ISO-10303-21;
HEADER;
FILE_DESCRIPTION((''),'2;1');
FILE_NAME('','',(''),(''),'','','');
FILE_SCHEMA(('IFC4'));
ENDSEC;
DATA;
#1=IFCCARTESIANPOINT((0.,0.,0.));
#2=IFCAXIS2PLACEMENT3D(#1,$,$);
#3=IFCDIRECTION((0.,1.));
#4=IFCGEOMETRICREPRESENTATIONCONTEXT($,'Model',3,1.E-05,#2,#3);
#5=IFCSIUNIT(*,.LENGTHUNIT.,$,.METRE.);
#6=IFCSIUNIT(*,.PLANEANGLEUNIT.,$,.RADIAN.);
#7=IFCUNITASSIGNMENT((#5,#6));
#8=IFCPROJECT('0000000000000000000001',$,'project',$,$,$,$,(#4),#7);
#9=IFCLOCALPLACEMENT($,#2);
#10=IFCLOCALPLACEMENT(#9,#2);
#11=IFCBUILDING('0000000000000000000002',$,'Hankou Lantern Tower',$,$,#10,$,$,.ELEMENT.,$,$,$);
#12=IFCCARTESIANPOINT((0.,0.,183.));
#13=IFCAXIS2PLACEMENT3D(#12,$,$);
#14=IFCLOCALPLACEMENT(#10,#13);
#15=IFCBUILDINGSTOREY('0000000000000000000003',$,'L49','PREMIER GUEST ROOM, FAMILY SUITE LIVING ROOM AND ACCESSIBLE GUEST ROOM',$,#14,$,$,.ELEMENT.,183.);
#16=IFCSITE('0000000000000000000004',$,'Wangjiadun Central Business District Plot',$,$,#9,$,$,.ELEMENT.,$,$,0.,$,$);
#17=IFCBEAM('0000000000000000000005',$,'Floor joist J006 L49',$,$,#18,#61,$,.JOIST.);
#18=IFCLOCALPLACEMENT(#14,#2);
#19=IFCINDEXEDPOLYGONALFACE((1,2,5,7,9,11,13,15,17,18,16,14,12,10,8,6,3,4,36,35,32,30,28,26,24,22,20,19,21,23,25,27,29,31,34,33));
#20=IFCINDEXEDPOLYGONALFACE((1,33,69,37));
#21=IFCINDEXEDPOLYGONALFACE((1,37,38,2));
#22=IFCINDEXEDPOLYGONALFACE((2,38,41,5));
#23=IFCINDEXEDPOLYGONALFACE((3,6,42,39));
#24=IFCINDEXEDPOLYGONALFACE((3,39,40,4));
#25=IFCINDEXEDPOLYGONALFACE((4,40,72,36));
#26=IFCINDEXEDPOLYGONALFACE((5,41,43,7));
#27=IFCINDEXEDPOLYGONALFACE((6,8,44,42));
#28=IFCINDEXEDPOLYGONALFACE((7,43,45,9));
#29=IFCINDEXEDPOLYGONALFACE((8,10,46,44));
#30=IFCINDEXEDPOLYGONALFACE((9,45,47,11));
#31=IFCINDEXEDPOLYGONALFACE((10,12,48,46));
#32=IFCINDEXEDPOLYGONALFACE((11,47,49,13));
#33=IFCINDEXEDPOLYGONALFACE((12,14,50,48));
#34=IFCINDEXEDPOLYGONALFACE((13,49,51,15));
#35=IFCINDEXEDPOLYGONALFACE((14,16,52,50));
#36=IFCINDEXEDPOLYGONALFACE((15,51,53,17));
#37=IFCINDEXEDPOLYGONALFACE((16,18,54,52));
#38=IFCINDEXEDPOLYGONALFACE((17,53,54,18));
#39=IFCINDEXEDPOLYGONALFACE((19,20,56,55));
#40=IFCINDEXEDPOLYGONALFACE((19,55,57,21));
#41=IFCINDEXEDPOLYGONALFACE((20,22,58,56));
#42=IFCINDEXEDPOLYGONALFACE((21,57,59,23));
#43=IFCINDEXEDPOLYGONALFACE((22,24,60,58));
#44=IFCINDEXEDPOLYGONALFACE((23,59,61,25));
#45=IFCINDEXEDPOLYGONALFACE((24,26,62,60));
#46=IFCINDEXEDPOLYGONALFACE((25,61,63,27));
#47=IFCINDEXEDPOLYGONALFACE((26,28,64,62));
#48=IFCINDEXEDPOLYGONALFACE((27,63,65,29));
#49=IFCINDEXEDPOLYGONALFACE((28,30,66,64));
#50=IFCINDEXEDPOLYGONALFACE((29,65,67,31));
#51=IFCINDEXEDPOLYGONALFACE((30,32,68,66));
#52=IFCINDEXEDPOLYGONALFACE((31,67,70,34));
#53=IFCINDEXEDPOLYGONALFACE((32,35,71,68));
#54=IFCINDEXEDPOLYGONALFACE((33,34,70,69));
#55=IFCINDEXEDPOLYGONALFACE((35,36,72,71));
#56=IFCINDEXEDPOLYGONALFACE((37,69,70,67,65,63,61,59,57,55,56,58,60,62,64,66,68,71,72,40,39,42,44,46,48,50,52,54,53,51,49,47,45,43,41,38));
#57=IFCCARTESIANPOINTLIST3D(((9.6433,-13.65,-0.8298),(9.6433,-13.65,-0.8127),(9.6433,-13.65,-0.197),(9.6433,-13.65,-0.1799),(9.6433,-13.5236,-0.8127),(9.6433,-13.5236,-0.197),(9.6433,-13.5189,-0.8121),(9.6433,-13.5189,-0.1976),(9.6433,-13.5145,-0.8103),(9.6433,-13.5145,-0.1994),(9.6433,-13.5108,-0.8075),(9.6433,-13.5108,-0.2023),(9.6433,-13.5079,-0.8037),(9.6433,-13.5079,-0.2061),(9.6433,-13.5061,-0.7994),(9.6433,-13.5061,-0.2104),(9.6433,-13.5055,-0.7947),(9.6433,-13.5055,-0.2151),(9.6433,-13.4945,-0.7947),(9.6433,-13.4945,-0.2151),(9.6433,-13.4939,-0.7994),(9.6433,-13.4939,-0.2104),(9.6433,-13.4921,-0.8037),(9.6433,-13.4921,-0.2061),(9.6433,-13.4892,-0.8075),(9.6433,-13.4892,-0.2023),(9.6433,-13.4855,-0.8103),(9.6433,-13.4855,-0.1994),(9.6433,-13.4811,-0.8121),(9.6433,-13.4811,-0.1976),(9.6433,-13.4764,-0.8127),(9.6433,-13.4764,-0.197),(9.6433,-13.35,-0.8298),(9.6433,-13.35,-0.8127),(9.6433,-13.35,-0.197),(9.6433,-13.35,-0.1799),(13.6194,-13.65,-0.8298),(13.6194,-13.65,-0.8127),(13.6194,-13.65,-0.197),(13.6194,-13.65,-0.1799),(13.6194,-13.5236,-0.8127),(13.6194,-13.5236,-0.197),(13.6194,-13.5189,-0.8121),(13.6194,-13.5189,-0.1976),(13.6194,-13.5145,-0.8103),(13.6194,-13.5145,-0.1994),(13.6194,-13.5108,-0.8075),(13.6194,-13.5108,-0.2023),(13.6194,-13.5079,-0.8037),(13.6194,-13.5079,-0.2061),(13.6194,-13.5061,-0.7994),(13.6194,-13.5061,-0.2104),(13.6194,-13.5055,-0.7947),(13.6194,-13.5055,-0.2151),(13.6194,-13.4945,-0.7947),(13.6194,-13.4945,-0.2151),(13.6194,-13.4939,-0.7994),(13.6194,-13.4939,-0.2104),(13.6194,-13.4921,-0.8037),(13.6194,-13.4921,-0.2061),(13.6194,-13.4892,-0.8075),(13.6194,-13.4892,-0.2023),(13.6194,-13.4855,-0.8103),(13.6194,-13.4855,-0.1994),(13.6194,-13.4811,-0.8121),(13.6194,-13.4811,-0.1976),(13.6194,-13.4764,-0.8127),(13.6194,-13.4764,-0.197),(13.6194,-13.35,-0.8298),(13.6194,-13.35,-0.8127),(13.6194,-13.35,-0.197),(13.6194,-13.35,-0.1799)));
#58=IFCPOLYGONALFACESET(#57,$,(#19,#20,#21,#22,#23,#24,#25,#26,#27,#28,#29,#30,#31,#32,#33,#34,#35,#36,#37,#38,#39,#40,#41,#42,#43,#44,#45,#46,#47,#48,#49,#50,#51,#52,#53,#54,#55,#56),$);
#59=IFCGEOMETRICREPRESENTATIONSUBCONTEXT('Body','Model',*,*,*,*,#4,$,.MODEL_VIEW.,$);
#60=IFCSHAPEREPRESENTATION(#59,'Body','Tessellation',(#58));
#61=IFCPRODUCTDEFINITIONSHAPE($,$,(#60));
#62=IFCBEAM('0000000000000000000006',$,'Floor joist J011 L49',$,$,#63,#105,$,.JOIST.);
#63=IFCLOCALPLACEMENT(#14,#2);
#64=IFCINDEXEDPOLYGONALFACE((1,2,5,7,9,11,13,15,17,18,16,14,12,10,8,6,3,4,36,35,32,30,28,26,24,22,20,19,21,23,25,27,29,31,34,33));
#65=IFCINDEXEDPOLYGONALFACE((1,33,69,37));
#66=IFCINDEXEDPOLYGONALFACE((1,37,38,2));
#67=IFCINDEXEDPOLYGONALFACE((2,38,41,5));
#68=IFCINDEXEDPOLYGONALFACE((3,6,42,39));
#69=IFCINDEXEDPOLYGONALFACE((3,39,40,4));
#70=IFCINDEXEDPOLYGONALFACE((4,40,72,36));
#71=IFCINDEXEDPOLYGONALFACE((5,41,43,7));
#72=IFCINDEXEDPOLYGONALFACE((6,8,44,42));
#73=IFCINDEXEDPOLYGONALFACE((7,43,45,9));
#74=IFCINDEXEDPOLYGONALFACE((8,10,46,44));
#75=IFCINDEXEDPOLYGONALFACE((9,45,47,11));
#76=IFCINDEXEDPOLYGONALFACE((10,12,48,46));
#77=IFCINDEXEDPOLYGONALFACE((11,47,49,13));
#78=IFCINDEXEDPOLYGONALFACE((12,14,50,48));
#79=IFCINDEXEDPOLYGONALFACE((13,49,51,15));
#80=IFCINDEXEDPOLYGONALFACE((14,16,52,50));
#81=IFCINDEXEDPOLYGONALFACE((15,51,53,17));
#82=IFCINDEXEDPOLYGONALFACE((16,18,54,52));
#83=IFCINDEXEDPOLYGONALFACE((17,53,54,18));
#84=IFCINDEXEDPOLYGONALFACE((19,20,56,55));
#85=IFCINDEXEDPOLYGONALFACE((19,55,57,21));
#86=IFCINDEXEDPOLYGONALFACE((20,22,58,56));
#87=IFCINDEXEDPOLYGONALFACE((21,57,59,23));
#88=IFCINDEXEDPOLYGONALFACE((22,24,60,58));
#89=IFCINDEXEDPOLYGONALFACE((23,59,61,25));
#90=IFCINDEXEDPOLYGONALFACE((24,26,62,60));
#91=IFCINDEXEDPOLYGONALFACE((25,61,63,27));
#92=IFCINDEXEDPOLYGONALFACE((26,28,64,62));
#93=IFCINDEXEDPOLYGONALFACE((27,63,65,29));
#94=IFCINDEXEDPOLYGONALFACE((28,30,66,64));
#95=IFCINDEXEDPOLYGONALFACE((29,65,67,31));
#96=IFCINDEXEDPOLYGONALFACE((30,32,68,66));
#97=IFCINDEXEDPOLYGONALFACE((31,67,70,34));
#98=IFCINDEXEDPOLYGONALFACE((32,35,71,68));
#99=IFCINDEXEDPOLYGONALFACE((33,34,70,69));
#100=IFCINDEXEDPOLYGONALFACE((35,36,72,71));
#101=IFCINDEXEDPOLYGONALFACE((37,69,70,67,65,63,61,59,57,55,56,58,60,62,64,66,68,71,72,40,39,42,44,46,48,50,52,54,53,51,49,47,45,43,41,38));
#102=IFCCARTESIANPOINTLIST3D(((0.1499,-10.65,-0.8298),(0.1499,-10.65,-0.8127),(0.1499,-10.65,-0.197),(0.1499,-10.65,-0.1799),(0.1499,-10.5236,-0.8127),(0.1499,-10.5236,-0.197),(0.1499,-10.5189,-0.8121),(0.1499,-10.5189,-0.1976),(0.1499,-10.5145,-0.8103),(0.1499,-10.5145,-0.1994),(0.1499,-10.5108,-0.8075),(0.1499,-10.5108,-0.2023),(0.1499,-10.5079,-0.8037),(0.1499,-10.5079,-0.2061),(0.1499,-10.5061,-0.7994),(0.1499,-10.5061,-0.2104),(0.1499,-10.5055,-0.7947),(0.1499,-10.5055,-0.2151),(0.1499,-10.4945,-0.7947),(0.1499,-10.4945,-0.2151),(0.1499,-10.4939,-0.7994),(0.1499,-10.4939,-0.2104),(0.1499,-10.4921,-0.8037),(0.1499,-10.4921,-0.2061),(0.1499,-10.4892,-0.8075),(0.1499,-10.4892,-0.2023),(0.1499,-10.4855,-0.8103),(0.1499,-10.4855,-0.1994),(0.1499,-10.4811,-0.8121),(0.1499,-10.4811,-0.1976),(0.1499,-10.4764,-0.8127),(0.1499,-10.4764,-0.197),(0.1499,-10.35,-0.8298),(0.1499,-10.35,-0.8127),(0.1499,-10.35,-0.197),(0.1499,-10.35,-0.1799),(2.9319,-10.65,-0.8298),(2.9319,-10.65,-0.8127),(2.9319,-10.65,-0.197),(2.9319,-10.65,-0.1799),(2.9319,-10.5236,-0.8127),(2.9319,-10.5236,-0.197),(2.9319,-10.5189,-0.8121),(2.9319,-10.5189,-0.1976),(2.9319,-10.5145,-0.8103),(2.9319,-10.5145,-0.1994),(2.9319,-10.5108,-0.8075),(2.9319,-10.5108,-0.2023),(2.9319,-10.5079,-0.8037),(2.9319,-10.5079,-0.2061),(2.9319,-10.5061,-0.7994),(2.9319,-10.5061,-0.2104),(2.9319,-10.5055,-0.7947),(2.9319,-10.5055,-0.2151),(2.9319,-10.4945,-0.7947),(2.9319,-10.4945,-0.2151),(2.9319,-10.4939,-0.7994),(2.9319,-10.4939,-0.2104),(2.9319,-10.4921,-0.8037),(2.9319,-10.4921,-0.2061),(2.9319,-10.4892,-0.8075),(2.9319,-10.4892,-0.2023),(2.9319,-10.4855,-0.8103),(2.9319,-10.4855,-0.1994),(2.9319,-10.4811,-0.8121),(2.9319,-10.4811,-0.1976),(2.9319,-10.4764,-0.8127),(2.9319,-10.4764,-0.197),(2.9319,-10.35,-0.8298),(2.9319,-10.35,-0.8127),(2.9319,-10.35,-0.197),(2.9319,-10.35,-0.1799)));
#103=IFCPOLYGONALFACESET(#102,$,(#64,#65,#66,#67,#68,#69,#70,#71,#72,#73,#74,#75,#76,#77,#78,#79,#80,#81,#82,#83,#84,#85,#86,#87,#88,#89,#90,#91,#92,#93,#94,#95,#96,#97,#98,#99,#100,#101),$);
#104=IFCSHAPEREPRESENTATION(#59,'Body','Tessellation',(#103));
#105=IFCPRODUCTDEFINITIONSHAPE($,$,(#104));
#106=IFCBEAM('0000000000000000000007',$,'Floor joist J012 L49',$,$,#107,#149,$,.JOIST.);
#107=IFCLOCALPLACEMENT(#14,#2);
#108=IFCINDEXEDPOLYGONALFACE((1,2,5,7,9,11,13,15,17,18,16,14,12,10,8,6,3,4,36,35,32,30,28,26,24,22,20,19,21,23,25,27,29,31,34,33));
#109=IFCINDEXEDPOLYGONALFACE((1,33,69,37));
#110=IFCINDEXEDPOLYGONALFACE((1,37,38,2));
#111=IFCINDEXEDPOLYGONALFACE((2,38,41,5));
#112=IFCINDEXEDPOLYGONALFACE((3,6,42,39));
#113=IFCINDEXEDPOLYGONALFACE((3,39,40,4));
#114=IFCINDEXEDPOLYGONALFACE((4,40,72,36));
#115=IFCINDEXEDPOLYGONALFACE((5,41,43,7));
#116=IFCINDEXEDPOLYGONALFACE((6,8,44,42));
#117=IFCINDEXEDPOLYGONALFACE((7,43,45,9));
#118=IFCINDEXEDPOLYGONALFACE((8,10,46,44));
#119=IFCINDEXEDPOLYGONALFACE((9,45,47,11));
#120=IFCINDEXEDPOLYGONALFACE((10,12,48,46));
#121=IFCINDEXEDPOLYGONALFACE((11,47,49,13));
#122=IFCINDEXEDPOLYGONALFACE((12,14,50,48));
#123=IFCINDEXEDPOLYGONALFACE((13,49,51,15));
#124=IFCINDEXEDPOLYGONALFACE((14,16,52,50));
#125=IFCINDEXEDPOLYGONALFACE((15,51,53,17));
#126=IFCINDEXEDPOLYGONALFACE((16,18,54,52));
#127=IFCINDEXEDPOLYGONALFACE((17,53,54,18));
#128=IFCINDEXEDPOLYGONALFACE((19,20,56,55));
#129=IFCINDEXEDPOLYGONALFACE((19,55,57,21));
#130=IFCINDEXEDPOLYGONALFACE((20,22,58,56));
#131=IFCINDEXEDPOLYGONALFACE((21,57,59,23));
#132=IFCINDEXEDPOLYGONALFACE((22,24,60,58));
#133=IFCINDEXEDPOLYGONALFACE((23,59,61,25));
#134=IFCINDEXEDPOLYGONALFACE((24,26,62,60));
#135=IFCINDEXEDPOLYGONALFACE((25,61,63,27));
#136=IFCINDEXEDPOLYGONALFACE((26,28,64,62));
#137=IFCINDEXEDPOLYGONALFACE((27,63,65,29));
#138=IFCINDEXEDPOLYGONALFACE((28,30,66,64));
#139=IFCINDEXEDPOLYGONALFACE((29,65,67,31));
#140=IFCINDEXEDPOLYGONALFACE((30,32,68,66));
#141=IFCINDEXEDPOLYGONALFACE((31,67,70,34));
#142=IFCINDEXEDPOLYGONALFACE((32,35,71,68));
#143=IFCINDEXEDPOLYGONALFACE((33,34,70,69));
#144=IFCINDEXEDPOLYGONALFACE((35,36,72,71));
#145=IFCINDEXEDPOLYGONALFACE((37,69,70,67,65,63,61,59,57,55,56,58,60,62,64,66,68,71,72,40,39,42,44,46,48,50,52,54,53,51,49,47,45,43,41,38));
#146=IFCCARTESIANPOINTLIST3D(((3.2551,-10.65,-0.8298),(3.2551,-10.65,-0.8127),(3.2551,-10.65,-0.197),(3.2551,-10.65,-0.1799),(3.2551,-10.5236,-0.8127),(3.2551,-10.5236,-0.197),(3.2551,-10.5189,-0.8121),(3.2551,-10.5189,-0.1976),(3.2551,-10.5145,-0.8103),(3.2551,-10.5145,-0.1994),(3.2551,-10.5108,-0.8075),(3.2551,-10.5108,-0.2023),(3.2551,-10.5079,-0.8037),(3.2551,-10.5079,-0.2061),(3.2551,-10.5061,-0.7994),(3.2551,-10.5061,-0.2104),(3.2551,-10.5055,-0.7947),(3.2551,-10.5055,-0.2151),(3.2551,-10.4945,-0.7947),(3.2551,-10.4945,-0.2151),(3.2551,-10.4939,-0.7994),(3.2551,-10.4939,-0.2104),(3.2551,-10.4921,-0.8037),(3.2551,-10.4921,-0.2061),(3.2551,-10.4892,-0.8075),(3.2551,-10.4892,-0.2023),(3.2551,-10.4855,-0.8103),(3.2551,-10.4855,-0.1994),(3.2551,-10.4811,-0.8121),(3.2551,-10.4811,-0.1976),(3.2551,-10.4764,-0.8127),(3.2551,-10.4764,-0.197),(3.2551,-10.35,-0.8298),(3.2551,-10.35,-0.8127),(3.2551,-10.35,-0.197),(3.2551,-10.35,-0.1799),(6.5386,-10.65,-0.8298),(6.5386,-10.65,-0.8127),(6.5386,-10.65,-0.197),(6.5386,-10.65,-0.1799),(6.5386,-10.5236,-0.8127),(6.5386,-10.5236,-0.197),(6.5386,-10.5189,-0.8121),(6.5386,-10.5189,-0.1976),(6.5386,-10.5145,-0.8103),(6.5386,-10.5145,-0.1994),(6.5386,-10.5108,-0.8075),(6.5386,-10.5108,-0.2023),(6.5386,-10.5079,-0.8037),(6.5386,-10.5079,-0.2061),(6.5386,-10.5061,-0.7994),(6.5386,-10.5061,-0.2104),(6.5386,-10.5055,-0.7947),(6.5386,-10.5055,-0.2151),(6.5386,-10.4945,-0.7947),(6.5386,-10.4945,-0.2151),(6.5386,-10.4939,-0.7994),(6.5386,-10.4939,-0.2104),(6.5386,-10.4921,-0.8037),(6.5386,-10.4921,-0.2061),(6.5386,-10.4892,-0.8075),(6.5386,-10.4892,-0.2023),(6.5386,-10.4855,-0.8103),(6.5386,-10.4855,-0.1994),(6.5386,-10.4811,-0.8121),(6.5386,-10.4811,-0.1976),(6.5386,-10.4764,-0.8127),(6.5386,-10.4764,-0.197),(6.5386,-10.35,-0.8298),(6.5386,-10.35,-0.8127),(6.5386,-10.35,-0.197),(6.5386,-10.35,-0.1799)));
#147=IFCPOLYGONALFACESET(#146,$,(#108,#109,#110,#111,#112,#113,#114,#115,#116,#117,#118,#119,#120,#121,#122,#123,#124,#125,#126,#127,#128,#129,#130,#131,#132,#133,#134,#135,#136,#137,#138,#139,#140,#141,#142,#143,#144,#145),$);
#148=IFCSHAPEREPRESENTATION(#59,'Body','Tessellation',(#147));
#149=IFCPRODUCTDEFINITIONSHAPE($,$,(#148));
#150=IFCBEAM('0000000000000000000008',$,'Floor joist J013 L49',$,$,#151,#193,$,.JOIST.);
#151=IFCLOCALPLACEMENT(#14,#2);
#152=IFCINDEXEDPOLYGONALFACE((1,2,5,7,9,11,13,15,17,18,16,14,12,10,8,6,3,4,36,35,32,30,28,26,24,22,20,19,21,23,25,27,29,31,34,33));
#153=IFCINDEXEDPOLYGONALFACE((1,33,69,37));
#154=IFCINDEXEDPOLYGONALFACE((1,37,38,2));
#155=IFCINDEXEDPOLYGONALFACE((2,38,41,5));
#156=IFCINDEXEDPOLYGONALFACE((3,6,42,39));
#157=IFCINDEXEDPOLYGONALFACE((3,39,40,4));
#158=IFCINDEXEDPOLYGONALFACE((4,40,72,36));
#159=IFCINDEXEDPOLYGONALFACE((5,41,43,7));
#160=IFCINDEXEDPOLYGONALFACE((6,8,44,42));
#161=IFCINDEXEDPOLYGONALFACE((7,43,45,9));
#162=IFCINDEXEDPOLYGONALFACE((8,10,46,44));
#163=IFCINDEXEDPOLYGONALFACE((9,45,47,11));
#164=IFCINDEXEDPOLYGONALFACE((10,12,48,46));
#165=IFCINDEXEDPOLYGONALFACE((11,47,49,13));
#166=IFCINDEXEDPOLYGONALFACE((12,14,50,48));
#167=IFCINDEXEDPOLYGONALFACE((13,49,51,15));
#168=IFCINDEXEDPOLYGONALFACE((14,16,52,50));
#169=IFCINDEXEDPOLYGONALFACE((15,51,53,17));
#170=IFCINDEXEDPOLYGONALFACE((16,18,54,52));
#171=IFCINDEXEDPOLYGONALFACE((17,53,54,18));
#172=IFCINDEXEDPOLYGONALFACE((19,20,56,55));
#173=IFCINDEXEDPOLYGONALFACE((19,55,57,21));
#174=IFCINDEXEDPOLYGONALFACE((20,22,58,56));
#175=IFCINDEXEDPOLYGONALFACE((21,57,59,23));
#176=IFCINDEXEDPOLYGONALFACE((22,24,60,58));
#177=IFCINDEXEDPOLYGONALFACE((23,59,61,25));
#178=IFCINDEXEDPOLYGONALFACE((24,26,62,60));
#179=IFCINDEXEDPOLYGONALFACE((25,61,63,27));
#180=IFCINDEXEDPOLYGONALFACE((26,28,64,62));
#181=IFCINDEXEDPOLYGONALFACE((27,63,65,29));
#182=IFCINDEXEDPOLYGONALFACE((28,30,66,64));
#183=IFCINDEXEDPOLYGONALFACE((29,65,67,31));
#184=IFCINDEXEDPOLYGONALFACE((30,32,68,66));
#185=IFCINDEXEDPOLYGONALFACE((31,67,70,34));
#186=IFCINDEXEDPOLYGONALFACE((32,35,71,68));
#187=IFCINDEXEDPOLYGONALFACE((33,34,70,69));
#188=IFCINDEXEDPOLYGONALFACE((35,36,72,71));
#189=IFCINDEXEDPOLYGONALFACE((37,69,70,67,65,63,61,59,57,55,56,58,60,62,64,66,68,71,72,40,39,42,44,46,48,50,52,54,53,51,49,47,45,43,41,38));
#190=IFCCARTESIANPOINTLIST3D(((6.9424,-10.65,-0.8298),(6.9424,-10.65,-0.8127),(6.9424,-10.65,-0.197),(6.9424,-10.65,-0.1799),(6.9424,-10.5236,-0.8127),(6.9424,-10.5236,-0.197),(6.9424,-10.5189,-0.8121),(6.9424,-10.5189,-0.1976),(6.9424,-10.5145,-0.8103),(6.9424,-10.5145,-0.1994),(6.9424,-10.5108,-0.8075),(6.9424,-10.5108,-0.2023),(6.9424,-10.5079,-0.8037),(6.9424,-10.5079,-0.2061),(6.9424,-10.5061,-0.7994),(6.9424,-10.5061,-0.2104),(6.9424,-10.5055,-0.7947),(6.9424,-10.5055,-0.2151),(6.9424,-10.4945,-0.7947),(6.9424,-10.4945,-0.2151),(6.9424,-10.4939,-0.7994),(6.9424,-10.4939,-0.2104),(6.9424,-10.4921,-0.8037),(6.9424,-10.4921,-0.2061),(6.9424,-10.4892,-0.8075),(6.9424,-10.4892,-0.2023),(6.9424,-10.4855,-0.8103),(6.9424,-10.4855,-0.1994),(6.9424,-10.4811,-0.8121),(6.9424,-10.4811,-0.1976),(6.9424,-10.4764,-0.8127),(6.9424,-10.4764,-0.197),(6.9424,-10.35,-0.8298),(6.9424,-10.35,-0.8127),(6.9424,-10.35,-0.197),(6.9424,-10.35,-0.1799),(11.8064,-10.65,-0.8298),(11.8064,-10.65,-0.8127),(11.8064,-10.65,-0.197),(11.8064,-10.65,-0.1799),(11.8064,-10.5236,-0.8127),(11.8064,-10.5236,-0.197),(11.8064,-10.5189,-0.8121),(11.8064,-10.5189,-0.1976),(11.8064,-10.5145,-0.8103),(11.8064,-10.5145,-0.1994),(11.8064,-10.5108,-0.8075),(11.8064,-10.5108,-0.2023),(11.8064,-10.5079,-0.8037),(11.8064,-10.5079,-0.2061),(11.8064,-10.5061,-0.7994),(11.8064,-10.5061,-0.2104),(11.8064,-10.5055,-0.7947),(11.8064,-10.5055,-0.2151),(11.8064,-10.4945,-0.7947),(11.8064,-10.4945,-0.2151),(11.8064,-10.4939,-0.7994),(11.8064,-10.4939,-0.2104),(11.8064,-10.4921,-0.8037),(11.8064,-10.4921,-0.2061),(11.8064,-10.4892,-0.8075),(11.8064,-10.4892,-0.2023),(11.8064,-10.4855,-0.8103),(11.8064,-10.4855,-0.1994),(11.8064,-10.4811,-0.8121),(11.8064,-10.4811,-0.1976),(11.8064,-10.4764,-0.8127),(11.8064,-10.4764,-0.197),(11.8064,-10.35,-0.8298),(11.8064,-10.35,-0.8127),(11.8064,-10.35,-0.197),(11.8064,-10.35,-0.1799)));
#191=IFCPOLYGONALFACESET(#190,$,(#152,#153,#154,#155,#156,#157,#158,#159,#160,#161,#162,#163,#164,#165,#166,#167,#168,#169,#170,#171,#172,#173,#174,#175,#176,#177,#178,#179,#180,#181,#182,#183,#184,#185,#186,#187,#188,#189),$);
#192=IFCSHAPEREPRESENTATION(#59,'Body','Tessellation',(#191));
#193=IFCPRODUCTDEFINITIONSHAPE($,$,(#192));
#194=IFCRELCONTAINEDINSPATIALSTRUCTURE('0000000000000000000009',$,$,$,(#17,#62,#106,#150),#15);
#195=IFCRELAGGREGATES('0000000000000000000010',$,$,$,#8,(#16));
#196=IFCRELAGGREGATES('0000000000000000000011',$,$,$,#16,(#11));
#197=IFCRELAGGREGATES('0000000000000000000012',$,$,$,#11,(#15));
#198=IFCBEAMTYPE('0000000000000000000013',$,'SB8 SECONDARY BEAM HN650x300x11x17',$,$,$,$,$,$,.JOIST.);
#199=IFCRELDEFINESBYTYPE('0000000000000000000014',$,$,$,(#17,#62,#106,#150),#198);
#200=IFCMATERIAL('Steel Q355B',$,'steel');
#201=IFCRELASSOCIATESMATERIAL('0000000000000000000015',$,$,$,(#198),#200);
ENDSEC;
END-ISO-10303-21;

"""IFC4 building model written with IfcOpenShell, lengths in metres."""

from ifc_helpers import new_model, si_unit, direction, frame, origin, origin_2d, place, context, subcontext, project, spatial, i_section, extrude, material, material_profile, profile_set, type_object, element, save


model = new_model("IFC4")

# Units and contexts
model_context = context("Model", 3, precision=1e-05, world=origin(), true_north=direction((0.0, 1.0)))
body_context = subcontext(model_context, "Body", "Model", "MODEL_VIEW")
ifc_project = project(units=[si_unit("LENGTHUNIT", "METRE"), si_unit("PLANEANGLEUNIT", "RADIAN")], contexts=[model_context])

# Site, building, storey
site_placement = place(None, origin())
site = spatial("IfcSite", under=ifc_project, at=site_placement, Name="Wangjiadun Central Business District Plot", CompositionType="ELEMENT", RefElevation=0.0)
building_placement = place(site_placement, origin())
building = spatial("IfcBuilding", under=site, at=building_placement, Name="Hankou Lantern Tower", CompositionType="ELEMENT")
storey_placement = place(building_placement, frame((0.0, 0.0, 183.0)))
storey = spatial("IfcBuildingStorey", under=building, at=storey_placement, Name="L49", Description="PREMIER GUEST ROOM, FAMILY SUITE LIVING ROOM AND ACCESSIBLE GUEST ROOM", CompositionType="ELEMENT", Elevation=183.0)

# Beams
ifc_material_1 = material(Name="Steel Q355B", Category="steel")
ifc_material_profile_1 = material_profile(ifc_material_1, i_section(OverallWidth=0.3, OverallDepth=0.6499, WebThickness=0.011, FlangeThickness=0.0171, FilletRadius=0.0181, at=origin_2d()), Name="HN650x300x11x17")
ifc_profile_set_1 = profile_set([ifc_material_profile_1], Name="Steel Q355B")
beam_type_1 = type_object("IfcBeamType", Name="SB8 SECONDARY BEAM HN650x300x11x17", PredefinedType="JOIST", material=ifc_profile_set_1)
beam_1_placement = place(storey_placement, frame((9.6433, -13.5, -0.5049), z_axis=(1.0, 0.0, 0.0), x_axis=(0.0, 1.0, 0.0)))
element("IfcBeam", 1, at=beam_1_placement, inside=storey, type_object=beam_type_1, Name="Floor joist J006 L49", PredefinedType="JOIST", context=body_context, shape_type="SweptSolid", body=[
    extrude(i_section(OverallWidth=0.3, OverallDepth=0.6499, WebThickness=0.011, FlangeThickness=0.0171, FilletRadius=0.0181, at=origin_2d()), origin(), (0.0, 0.0, 1.0), 3.9761),
])
beam_2_placement = place(storey_placement, frame((0.1499, -10.5, -0.5049), z_axis=(1.0, 0.0, 0.0), x_axis=(0.0, 1.0, 0.0)))
element("IfcBeam", 2, at=beam_2_placement, inside=storey, type_object=beam_type_1, Name="Floor joist J011 L49", PredefinedType="JOIST", context=body_context, shape_type="SweptSolid", body=[
    extrude(i_section(OverallWidth=0.3, OverallDepth=0.6499, WebThickness=0.011, FlangeThickness=0.0171, FilletRadius=0.0181, at=origin_2d()), origin(), (0.0, 0.0, 1.0), 2.782),
])
beam_3_placement = place(storey_placement, frame((3.2551, -10.5, -0.5049), z_axis=(1.0, 0.0, 0.0), x_axis=(0.0, 1.0, 0.0)))
element("IfcBeam", 3, at=beam_3_placement, inside=storey, type_object=beam_type_1, Name="Floor joist J012 L49", PredefinedType="JOIST", context=body_context, shape_type="SweptSolid", body=[
    extrude(i_section(OverallWidth=0.3, OverallDepth=0.6499, WebThickness=0.011, FlangeThickness=0.0171, FilletRadius=0.0181, at=origin_2d()), origin(), (0.0, 0.0, 1.0), 3.2834),
])
beam_4_placement = place(storey_placement, frame((6.9424, -10.5, -0.5049), z_axis=(1.0, 0.0, 0.0), x_axis=(0.0, 1.0, 0.0)))
element("IfcBeam", 4, at=beam_4_placement, inside=storey, type_object=beam_type_1, Name="Floor joist J013 L49", PredefinedType="JOIST", context=body_context, shape_type="SweptSolid", body=[
    extrude(i_section(OverallWidth=0.3, OverallDepth=0.6499, WebThickness=0.011, FlangeThickness=0.0171, FilletRadius=0.0181, at=origin_2d()), origin(), (0.0, 0.0, 1.0), 4.864),
])

save(model, "model.ifc")
